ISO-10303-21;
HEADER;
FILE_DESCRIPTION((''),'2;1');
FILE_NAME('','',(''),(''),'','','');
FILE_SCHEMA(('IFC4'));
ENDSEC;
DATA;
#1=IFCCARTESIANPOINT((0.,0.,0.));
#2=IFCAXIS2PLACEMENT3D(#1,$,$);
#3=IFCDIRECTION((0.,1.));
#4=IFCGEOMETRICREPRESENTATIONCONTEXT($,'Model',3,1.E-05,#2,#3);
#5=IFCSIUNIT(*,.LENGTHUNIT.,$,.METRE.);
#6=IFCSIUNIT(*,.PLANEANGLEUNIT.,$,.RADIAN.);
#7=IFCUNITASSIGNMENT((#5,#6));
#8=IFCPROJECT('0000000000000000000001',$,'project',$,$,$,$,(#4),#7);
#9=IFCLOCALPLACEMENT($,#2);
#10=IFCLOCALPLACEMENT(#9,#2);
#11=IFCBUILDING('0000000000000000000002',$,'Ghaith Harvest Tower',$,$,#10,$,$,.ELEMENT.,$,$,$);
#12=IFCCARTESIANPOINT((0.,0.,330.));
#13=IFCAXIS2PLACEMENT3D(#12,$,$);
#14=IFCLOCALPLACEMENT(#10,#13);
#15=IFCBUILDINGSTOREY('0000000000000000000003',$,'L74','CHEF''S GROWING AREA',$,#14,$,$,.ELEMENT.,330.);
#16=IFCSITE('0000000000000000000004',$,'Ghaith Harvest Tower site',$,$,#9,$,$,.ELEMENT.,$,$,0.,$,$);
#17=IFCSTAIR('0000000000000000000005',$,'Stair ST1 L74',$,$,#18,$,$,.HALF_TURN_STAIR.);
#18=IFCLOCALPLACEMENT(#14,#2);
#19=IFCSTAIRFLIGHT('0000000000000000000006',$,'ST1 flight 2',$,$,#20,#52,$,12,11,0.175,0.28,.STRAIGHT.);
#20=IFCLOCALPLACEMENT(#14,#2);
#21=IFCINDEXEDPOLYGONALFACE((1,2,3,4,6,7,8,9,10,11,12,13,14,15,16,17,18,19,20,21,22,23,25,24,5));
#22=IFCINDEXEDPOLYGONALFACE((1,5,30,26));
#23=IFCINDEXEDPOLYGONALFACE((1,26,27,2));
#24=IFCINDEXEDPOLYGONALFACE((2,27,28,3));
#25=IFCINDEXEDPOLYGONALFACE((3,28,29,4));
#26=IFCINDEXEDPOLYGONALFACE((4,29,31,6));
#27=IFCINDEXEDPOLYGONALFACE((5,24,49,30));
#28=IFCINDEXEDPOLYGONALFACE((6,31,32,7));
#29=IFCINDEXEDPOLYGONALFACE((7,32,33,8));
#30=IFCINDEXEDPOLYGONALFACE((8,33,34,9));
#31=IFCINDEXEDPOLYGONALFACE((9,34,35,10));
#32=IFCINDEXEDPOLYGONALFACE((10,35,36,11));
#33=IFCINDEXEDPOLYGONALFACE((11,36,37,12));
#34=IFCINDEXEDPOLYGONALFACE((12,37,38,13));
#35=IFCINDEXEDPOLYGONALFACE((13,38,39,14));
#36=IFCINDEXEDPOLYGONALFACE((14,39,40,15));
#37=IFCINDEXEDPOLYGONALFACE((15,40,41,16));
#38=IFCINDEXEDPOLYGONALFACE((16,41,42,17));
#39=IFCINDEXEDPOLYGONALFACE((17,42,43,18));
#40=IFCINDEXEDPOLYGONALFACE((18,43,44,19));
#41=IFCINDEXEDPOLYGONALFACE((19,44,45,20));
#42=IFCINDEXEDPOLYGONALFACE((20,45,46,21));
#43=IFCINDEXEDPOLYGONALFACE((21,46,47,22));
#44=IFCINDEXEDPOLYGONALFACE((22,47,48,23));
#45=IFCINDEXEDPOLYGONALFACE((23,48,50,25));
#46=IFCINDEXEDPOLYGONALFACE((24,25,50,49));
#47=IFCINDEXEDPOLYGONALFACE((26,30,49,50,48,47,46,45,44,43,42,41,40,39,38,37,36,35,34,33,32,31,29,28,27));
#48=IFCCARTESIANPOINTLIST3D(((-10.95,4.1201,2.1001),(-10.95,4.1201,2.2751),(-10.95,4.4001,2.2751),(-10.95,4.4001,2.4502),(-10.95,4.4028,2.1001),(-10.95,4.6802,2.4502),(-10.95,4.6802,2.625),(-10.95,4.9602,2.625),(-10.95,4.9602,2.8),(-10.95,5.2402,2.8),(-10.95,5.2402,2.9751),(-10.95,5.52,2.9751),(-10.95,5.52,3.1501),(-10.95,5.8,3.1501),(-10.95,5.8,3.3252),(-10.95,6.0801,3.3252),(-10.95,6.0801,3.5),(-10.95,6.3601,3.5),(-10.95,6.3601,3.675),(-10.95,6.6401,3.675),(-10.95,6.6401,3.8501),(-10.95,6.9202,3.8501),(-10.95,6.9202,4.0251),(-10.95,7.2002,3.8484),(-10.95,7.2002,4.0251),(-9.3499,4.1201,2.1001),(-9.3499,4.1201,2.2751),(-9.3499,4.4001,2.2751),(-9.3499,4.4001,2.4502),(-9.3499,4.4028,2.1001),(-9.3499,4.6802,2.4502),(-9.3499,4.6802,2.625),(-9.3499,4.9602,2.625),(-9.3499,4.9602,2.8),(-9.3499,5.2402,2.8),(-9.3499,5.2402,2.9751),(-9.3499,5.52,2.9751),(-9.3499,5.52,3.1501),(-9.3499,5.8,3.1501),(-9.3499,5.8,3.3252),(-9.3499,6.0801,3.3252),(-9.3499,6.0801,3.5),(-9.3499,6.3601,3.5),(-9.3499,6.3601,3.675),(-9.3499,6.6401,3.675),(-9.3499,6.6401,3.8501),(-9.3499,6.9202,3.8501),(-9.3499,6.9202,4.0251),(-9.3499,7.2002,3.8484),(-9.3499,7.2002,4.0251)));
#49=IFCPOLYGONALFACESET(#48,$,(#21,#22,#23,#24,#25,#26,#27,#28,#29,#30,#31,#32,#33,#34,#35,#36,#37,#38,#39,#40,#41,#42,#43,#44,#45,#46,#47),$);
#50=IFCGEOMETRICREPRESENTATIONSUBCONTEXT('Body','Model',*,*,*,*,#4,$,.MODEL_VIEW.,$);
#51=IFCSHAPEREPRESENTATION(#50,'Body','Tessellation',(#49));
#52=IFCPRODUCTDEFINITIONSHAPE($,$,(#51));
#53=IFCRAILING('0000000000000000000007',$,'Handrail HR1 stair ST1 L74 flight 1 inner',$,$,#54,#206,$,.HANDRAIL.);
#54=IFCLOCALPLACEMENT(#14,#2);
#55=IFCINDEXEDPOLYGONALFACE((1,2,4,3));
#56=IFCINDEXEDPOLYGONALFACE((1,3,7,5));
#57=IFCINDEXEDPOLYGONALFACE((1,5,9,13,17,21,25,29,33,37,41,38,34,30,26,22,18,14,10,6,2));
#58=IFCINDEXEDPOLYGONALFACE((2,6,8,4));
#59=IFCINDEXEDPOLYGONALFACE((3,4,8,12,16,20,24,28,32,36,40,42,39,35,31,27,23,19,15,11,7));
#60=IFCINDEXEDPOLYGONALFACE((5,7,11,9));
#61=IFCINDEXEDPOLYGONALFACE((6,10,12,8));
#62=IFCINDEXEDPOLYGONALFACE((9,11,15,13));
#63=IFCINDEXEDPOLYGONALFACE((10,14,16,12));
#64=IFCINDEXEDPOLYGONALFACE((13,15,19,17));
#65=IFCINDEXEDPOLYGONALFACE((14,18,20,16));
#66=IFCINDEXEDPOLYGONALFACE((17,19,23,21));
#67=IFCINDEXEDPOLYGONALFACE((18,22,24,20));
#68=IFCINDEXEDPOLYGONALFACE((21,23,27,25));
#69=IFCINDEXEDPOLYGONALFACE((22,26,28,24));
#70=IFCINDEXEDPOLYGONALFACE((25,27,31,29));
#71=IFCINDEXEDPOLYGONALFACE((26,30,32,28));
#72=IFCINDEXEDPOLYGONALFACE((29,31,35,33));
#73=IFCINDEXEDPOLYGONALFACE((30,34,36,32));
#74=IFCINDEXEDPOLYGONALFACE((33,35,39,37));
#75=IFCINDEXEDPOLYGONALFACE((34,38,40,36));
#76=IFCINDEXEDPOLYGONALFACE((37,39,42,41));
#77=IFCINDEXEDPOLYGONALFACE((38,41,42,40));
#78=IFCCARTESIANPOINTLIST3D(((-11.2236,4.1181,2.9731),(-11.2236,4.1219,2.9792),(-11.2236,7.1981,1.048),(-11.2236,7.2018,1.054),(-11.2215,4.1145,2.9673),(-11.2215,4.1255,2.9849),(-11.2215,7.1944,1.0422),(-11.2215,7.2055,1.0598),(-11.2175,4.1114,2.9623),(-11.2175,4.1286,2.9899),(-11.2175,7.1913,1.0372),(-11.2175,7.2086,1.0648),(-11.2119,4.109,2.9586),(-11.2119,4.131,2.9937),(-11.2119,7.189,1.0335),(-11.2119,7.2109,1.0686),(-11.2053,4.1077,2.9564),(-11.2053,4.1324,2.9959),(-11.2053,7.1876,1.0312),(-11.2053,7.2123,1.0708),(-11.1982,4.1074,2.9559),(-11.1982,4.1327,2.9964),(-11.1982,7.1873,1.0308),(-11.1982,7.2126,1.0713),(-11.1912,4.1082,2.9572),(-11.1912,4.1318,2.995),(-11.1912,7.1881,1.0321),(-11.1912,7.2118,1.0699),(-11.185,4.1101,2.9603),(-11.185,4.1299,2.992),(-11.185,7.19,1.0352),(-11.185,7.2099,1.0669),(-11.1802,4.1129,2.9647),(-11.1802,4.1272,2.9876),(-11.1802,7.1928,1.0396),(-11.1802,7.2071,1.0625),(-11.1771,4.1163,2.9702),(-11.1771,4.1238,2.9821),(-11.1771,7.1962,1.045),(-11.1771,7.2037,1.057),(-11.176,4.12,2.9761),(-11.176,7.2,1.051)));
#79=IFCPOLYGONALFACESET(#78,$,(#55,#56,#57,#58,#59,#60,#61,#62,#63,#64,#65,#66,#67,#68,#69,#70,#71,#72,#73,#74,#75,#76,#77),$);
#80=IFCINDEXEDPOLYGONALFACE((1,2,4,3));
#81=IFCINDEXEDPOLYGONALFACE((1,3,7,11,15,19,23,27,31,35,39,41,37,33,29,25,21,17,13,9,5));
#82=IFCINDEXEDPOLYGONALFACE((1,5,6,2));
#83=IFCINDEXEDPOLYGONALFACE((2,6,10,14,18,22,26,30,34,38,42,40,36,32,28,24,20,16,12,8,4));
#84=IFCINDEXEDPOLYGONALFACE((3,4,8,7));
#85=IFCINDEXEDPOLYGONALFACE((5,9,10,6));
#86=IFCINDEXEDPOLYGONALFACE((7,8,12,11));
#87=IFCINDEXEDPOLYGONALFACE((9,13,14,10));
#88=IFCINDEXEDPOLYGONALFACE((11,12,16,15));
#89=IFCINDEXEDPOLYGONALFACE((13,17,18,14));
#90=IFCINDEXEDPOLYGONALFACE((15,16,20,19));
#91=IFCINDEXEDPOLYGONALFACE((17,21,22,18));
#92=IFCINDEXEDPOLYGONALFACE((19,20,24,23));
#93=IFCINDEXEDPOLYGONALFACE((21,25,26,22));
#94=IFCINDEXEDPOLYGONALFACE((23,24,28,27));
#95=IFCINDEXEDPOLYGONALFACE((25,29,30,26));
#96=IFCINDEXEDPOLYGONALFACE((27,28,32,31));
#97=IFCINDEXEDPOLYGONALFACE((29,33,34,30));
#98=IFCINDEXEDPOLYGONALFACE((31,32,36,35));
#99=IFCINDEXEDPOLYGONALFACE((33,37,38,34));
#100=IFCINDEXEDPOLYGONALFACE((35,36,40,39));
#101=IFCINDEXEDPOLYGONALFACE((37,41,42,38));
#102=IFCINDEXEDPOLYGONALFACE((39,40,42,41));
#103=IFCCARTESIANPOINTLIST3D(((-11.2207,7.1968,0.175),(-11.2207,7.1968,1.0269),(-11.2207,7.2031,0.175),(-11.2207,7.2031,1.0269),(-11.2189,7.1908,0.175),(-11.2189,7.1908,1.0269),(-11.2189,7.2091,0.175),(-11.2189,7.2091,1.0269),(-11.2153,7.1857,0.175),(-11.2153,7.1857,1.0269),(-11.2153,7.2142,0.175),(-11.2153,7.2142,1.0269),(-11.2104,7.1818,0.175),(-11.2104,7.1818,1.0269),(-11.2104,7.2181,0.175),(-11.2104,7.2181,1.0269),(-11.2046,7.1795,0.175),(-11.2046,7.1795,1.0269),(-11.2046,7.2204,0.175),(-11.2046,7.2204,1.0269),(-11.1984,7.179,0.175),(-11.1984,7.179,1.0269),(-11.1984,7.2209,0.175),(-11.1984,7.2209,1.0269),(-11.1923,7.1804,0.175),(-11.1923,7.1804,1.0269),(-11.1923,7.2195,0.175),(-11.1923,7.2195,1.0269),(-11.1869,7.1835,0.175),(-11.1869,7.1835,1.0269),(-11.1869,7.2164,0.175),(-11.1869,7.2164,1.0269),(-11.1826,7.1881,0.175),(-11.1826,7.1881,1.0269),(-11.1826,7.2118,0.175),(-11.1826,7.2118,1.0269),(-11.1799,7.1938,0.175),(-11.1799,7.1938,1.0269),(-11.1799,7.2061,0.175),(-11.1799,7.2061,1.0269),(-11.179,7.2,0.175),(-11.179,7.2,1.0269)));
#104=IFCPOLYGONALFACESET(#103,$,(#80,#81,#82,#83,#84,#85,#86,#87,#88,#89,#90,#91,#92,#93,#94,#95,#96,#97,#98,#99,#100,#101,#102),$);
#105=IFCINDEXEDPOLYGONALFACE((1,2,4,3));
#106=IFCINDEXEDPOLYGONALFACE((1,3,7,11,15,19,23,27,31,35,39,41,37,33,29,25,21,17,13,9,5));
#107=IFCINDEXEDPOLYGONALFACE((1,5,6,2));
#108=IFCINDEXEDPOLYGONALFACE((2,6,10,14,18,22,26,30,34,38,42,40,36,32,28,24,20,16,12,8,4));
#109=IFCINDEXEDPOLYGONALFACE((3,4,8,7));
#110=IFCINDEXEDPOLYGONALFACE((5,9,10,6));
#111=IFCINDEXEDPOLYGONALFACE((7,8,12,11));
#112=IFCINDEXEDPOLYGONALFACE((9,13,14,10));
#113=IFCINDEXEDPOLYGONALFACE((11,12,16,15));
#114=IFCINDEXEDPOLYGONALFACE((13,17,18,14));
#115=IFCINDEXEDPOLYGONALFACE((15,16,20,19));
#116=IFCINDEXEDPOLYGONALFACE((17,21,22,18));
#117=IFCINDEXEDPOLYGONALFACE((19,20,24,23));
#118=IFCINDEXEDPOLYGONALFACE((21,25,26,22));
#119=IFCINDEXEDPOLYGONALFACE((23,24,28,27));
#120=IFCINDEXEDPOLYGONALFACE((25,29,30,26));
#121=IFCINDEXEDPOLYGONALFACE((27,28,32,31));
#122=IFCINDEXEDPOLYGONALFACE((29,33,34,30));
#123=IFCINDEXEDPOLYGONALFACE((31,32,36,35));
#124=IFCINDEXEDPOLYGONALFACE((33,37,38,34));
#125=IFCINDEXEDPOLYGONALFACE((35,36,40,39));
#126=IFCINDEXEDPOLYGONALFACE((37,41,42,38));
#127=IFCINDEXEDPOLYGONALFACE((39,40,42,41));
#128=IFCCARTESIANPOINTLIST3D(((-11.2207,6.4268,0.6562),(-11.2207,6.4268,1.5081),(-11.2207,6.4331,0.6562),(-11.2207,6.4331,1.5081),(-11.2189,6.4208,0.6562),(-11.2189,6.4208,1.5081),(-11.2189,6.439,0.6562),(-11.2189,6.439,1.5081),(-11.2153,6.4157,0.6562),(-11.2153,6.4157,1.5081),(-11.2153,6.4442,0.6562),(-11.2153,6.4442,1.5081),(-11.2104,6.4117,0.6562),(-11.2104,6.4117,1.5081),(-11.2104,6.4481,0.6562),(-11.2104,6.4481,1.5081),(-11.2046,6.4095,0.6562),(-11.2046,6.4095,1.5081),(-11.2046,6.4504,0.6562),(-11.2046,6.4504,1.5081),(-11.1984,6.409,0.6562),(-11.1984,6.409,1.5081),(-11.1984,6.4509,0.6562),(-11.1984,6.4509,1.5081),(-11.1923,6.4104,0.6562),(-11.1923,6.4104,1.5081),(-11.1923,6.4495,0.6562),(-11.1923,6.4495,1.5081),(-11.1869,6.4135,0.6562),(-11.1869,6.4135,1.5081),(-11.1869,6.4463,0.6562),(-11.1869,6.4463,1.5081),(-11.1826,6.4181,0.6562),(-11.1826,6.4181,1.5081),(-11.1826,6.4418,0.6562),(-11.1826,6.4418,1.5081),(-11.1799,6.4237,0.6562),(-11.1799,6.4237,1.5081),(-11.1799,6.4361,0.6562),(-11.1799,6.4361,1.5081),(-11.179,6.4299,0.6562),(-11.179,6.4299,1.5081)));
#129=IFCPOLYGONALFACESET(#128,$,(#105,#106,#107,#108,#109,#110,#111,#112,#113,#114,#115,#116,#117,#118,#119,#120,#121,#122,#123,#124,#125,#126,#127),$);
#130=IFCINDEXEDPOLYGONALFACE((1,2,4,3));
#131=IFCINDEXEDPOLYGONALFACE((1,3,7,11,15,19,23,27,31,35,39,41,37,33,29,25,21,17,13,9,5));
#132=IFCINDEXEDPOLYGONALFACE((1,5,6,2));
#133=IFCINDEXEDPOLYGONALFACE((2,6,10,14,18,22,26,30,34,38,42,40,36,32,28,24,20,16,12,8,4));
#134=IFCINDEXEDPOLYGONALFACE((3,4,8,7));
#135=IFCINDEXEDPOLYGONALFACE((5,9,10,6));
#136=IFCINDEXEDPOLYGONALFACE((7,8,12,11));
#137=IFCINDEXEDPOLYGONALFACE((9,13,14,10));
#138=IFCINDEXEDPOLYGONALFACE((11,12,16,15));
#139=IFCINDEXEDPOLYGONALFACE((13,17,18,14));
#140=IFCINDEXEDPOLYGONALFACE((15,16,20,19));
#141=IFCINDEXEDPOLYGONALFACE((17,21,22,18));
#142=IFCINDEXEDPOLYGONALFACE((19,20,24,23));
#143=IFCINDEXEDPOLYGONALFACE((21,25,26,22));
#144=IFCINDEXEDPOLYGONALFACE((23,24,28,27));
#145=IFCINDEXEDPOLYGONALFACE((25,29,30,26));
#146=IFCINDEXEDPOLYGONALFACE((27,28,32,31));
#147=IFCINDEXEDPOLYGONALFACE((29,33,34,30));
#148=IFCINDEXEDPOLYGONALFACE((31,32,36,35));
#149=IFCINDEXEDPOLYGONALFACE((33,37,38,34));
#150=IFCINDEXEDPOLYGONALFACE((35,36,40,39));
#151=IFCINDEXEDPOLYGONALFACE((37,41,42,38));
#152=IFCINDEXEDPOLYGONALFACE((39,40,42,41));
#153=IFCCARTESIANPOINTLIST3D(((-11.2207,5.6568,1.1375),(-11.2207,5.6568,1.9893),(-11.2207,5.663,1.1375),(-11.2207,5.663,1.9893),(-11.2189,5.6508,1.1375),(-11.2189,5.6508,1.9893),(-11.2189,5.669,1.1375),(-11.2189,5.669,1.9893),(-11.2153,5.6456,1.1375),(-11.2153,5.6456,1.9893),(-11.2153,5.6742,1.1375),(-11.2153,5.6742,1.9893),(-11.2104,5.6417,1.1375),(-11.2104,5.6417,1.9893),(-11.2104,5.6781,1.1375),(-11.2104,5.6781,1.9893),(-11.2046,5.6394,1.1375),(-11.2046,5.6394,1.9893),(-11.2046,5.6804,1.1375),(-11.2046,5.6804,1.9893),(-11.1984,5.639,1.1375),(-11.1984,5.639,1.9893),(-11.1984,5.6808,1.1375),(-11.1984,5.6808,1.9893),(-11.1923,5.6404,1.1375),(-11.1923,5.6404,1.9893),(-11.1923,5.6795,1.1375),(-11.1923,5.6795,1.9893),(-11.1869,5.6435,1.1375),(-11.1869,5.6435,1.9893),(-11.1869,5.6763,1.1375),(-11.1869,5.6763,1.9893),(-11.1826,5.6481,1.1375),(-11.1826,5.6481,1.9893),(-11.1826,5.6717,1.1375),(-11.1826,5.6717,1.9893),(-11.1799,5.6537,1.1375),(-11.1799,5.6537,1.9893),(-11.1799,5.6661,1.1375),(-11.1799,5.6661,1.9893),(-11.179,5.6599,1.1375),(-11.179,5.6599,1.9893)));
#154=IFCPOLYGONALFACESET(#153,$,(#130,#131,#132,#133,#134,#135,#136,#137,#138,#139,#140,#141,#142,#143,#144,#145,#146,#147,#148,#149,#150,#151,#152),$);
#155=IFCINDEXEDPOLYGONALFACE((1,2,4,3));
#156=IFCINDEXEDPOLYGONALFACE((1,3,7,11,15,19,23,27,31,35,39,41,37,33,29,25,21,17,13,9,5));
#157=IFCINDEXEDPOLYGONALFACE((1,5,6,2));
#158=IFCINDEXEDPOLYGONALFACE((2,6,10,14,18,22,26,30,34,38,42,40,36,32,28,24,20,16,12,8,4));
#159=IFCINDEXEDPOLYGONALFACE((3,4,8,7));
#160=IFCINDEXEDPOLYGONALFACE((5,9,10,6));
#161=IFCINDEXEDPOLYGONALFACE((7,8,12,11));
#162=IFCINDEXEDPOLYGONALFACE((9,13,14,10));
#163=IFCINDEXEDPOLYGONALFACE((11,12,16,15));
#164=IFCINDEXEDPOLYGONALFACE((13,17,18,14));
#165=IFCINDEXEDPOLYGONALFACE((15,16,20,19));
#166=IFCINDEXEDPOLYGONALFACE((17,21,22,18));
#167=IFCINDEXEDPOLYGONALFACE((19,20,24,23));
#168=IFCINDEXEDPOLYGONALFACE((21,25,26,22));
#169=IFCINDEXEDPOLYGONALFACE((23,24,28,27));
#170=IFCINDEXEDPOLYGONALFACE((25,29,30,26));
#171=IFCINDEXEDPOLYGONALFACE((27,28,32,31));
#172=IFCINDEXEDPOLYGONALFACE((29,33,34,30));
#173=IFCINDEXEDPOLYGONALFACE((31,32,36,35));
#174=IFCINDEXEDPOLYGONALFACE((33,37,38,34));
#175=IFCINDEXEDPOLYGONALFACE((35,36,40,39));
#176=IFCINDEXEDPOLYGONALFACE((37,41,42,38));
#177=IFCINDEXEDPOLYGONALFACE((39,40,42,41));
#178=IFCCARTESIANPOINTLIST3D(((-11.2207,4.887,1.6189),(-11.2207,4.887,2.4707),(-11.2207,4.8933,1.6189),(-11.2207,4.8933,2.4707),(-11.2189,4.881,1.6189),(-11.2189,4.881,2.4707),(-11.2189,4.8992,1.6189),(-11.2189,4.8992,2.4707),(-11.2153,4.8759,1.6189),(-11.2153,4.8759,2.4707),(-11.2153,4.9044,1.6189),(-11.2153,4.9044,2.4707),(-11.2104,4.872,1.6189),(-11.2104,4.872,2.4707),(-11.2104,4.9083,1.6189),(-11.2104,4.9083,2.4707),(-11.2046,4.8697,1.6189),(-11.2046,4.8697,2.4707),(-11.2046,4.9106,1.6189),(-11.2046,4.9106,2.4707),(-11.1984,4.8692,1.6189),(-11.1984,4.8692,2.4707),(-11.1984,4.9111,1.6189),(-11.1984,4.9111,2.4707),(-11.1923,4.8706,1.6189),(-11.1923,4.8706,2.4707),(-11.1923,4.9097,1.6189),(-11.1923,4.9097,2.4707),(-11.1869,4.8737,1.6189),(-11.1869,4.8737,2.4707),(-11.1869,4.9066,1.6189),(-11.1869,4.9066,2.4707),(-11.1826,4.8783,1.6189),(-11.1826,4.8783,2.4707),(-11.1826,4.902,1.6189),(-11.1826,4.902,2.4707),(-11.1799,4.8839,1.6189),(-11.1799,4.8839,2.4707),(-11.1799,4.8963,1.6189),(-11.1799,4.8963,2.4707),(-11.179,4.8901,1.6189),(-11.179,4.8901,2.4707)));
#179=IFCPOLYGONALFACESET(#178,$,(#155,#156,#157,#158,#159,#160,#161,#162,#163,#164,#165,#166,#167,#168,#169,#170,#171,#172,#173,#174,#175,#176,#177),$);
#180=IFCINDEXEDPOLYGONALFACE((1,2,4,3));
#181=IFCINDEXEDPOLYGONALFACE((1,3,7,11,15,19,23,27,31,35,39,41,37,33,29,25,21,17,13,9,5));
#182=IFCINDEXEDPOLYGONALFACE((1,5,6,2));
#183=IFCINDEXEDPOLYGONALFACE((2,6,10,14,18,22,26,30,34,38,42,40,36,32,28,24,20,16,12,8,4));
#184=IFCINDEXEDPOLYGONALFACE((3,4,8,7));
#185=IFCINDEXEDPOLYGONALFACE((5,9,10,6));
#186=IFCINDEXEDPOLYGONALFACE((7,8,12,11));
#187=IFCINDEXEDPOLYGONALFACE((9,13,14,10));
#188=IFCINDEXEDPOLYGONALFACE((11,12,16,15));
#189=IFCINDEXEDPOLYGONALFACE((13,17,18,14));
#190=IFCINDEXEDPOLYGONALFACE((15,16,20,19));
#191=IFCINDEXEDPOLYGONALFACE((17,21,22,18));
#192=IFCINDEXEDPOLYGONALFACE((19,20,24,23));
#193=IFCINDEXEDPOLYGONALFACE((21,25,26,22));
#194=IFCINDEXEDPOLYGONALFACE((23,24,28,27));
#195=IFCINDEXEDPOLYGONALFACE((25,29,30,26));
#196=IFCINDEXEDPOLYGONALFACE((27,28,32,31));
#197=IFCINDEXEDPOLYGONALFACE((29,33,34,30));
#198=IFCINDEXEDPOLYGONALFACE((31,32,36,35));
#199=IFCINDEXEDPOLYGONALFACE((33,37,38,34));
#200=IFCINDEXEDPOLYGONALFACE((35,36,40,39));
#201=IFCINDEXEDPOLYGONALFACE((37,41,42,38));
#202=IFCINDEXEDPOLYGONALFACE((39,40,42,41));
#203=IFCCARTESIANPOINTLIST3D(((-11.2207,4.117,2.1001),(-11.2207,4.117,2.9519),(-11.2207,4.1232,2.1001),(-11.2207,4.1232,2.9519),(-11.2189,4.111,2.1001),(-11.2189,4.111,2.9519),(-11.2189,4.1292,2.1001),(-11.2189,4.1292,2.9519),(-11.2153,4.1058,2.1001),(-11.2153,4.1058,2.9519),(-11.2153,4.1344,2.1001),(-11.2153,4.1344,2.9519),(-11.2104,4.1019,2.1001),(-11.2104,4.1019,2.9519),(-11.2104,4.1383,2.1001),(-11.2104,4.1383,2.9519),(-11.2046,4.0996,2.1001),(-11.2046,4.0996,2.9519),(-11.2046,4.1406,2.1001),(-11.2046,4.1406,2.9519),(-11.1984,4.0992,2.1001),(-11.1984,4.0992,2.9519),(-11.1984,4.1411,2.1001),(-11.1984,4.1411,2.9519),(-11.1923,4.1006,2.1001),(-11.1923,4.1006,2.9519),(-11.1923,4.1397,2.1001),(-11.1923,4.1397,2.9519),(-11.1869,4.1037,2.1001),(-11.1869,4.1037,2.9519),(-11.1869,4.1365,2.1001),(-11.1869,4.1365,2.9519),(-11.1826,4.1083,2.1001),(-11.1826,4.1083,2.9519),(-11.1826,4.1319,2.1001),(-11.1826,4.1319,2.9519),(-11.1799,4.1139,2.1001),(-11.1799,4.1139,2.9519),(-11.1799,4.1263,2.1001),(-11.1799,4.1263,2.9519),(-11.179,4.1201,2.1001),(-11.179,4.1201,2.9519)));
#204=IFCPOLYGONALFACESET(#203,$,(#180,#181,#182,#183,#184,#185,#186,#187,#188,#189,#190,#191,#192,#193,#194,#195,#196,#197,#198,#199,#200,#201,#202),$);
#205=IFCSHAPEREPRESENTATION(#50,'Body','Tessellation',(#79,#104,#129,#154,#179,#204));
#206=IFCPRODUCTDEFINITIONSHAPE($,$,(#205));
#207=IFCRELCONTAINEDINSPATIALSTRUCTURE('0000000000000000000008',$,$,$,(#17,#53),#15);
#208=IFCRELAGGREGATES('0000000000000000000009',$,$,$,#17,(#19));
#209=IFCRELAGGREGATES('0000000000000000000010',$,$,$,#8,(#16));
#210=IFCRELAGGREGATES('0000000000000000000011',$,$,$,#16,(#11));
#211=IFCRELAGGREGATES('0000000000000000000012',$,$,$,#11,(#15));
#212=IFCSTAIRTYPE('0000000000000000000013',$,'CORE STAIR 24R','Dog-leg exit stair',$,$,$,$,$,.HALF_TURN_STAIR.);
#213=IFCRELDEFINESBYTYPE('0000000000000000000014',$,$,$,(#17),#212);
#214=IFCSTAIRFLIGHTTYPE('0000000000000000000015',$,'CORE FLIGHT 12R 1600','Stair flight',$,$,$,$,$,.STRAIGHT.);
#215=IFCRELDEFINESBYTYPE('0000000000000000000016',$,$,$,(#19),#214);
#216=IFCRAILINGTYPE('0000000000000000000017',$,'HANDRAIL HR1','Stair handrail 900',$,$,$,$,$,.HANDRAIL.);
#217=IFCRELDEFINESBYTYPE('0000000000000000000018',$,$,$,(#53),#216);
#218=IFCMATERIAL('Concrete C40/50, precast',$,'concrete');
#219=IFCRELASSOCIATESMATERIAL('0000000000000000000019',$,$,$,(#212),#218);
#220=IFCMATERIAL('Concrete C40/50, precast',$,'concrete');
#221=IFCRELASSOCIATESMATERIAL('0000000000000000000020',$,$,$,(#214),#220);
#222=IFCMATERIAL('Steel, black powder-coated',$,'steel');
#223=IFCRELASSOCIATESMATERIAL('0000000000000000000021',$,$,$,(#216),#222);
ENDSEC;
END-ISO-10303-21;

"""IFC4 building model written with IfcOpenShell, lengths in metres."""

from ifc_helpers import new_model, si_unit, direction, frame, origin, origin_2d, place, context, subcontext, project, spatial, polyline, circle, outline, extrude, material, type_object, element, aggregate, save


model = new_model("IFC4")

# Units and contexts
model_context = context("Model", 3, precision=1e-05, world=origin(), true_north=direction((0.0, 1.0)))
body_context = subcontext(model_context, "Body", "Model", "MODEL_VIEW")
ifc_project = project(units=[si_unit("LENGTHUNIT", "METRE"), si_unit("PLANEANGLEUNIT", "RADIAN")], contexts=[model_context])

# Site, building, storey
site_placement = place(None, origin())
site = spatial("IfcSite", under=ifc_project, at=site_placement, Name="Ghaith Harvest Tower site", CompositionType="ELEMENT", RefElevation=0.0)
building_placement = place(site_placement, origin())
building = spatial("IfcBuilding", under=site, at=building_placement, Name="Ghaith Harvest Tower", CompositionType="ELEMENT")
storey_placement = place(building_placement, frame((0.0, 0.0, 330.0)))
storey = spatial("IfcBuildingStorey", under=building, at=storey_placement, Name="L74", Description="CHEF'S GROWING AREA", CompositionType="ELEMENT", Elevation=330.0)

# Stair, stair flight
ifc_material_1 = material(Name="Concrete C40/50, precast", Category="concrete")
stair_type = type_object("IfcStairType", Name="CORE STAIR 24R", Description="Dog-leg exit stair", PredefinedType="HALF_TURN_STAIR", material=ifc_material_1)
stair_placement = place(storey_placement, origin())
stair = element("IfcStair", 1, at=stair_placement, inside=storey, type_object=stair_type, Name="Stair ST1 L74", PredefinedType="HALF_TURN_STAIR")
ifc_material_2 = material(Name="Concrete C40/50, precast", Category="concrete")
stair_flight_type = type_object("IfcStairFlightType", Name="CORE FLIGHT 12R 1600", Description="Stair flight", PredefinedType="STRAIGHT", material=ifc_material_2)
stair_flight_1_placement = place(storey_placement, frame((-10.1499, 4.1201, 2.1001), z_axis=(0.0, 0.0, 1.0), x_axis=(0.0, 1.0, 0.0)))
stair_flight_1 = element("IfcStairFlight", 2, at=stair_flight_1_placement, type_object=stair_flight_type, Name="ST1 flight 2", NumberOfRisers=12, NumberOfTreads=11, PredefinedType="STRAIGHT", RiserHeight=0.175, TreadLength=0.28, context=body_context, shape_type="SweptSolid", body=[
    extrude(outline(polyline([(0.0, 0.0), (0.0, 0.175), (0.28, 0.175), (0.28, 0.3501), (0.5601, 0.3501), (0.5601, 0.5249), (0.8401, 0.5249), (0.8401, 0.7), (1.1201, 0.7), (1.1201, 0.875), (1.3999, 0.875), (1.3999, 1.05), (1.6799, 1.05), (1.6799, 1.2251), (1.96, 1.2251), (1.96, 1.3999), (2.24, 1.3999), (2.24, 1.575), (2.52, 1.575), (2.52, 1.75), (2.8, 1.75), (2.8, 1.925), (3.0801, 1.925), (3.0801, 2.1001), (3.0801, 1.7483), (0.2827, 0.0), (0.0, 0.0)])), frame((0.0, 0.8, 0.0), z_axis=(0.0, -1.0, 0.0), x_axis=(1.0, 0.0, 0.0)), (0.0, 0.0, 1.0), 1.6001),
])
aggregate(stair, [stair_flight_1])

# Railing
ifc_material_3 = material(Name="Steel, black powder-coated", Category="steel")
railing_type = type_object("IfcRailingType", Name="HANDRAIL HR1", Description="Stair handrail 900", PredefinedType="HANDRAIL", material=ifc_material_3)
railing_1_placement = place(storey_placement, frame((-11.2, 7.2, 0.175)))
element("IfcRailing", 3, at=railing_1_placement, inside=storey, type_object=railing_type, Name="Handrail HR1 stair ST1 L74 flight 1 inner", PredefinedType="HANDRAIL", context=body_context, shape_type="SweptSolid", body=[
    extrude(circle(Radius=0.0239, at=origin_2d()), frame((0.0, 0.0, 0.876), z_axis=(0.0, -0.847979, 0.530029), x_axis=(1.0, 0.0, 0.0)), (0.0, 0.0, 1.0), 3.6321),
    extrude(circle(Radius=0.021, at=origin_2d()), origin(), (0.0, 0.0, 1.0), 0.8518),
    extrude(circle(Radius=0.021, at=origin_2d()), frame((0.0, -0.77, 0.4812)), (0.0, 0.0, 1.0), 0.8518),
    extrude(circle(Radius=0.021, at=origin_2d()), frame((0.0, -1.54, 0.9624)), (0.0, 0.0, 1.0), 0.8518),
    extrude(circle(Radius=0.021, at=origin_2d()), frame((0.0, -2.3098, 1.4438)), (0.0, 0.0, 1.0), 0.8518),
    extrude(circle(Radius=0.021, at=origin_2d()), frame((0.0, -3.0798, 1.925)), (0.0, 0.0, 1.0), 0.8518),
])

save(model, "model.ifc")
